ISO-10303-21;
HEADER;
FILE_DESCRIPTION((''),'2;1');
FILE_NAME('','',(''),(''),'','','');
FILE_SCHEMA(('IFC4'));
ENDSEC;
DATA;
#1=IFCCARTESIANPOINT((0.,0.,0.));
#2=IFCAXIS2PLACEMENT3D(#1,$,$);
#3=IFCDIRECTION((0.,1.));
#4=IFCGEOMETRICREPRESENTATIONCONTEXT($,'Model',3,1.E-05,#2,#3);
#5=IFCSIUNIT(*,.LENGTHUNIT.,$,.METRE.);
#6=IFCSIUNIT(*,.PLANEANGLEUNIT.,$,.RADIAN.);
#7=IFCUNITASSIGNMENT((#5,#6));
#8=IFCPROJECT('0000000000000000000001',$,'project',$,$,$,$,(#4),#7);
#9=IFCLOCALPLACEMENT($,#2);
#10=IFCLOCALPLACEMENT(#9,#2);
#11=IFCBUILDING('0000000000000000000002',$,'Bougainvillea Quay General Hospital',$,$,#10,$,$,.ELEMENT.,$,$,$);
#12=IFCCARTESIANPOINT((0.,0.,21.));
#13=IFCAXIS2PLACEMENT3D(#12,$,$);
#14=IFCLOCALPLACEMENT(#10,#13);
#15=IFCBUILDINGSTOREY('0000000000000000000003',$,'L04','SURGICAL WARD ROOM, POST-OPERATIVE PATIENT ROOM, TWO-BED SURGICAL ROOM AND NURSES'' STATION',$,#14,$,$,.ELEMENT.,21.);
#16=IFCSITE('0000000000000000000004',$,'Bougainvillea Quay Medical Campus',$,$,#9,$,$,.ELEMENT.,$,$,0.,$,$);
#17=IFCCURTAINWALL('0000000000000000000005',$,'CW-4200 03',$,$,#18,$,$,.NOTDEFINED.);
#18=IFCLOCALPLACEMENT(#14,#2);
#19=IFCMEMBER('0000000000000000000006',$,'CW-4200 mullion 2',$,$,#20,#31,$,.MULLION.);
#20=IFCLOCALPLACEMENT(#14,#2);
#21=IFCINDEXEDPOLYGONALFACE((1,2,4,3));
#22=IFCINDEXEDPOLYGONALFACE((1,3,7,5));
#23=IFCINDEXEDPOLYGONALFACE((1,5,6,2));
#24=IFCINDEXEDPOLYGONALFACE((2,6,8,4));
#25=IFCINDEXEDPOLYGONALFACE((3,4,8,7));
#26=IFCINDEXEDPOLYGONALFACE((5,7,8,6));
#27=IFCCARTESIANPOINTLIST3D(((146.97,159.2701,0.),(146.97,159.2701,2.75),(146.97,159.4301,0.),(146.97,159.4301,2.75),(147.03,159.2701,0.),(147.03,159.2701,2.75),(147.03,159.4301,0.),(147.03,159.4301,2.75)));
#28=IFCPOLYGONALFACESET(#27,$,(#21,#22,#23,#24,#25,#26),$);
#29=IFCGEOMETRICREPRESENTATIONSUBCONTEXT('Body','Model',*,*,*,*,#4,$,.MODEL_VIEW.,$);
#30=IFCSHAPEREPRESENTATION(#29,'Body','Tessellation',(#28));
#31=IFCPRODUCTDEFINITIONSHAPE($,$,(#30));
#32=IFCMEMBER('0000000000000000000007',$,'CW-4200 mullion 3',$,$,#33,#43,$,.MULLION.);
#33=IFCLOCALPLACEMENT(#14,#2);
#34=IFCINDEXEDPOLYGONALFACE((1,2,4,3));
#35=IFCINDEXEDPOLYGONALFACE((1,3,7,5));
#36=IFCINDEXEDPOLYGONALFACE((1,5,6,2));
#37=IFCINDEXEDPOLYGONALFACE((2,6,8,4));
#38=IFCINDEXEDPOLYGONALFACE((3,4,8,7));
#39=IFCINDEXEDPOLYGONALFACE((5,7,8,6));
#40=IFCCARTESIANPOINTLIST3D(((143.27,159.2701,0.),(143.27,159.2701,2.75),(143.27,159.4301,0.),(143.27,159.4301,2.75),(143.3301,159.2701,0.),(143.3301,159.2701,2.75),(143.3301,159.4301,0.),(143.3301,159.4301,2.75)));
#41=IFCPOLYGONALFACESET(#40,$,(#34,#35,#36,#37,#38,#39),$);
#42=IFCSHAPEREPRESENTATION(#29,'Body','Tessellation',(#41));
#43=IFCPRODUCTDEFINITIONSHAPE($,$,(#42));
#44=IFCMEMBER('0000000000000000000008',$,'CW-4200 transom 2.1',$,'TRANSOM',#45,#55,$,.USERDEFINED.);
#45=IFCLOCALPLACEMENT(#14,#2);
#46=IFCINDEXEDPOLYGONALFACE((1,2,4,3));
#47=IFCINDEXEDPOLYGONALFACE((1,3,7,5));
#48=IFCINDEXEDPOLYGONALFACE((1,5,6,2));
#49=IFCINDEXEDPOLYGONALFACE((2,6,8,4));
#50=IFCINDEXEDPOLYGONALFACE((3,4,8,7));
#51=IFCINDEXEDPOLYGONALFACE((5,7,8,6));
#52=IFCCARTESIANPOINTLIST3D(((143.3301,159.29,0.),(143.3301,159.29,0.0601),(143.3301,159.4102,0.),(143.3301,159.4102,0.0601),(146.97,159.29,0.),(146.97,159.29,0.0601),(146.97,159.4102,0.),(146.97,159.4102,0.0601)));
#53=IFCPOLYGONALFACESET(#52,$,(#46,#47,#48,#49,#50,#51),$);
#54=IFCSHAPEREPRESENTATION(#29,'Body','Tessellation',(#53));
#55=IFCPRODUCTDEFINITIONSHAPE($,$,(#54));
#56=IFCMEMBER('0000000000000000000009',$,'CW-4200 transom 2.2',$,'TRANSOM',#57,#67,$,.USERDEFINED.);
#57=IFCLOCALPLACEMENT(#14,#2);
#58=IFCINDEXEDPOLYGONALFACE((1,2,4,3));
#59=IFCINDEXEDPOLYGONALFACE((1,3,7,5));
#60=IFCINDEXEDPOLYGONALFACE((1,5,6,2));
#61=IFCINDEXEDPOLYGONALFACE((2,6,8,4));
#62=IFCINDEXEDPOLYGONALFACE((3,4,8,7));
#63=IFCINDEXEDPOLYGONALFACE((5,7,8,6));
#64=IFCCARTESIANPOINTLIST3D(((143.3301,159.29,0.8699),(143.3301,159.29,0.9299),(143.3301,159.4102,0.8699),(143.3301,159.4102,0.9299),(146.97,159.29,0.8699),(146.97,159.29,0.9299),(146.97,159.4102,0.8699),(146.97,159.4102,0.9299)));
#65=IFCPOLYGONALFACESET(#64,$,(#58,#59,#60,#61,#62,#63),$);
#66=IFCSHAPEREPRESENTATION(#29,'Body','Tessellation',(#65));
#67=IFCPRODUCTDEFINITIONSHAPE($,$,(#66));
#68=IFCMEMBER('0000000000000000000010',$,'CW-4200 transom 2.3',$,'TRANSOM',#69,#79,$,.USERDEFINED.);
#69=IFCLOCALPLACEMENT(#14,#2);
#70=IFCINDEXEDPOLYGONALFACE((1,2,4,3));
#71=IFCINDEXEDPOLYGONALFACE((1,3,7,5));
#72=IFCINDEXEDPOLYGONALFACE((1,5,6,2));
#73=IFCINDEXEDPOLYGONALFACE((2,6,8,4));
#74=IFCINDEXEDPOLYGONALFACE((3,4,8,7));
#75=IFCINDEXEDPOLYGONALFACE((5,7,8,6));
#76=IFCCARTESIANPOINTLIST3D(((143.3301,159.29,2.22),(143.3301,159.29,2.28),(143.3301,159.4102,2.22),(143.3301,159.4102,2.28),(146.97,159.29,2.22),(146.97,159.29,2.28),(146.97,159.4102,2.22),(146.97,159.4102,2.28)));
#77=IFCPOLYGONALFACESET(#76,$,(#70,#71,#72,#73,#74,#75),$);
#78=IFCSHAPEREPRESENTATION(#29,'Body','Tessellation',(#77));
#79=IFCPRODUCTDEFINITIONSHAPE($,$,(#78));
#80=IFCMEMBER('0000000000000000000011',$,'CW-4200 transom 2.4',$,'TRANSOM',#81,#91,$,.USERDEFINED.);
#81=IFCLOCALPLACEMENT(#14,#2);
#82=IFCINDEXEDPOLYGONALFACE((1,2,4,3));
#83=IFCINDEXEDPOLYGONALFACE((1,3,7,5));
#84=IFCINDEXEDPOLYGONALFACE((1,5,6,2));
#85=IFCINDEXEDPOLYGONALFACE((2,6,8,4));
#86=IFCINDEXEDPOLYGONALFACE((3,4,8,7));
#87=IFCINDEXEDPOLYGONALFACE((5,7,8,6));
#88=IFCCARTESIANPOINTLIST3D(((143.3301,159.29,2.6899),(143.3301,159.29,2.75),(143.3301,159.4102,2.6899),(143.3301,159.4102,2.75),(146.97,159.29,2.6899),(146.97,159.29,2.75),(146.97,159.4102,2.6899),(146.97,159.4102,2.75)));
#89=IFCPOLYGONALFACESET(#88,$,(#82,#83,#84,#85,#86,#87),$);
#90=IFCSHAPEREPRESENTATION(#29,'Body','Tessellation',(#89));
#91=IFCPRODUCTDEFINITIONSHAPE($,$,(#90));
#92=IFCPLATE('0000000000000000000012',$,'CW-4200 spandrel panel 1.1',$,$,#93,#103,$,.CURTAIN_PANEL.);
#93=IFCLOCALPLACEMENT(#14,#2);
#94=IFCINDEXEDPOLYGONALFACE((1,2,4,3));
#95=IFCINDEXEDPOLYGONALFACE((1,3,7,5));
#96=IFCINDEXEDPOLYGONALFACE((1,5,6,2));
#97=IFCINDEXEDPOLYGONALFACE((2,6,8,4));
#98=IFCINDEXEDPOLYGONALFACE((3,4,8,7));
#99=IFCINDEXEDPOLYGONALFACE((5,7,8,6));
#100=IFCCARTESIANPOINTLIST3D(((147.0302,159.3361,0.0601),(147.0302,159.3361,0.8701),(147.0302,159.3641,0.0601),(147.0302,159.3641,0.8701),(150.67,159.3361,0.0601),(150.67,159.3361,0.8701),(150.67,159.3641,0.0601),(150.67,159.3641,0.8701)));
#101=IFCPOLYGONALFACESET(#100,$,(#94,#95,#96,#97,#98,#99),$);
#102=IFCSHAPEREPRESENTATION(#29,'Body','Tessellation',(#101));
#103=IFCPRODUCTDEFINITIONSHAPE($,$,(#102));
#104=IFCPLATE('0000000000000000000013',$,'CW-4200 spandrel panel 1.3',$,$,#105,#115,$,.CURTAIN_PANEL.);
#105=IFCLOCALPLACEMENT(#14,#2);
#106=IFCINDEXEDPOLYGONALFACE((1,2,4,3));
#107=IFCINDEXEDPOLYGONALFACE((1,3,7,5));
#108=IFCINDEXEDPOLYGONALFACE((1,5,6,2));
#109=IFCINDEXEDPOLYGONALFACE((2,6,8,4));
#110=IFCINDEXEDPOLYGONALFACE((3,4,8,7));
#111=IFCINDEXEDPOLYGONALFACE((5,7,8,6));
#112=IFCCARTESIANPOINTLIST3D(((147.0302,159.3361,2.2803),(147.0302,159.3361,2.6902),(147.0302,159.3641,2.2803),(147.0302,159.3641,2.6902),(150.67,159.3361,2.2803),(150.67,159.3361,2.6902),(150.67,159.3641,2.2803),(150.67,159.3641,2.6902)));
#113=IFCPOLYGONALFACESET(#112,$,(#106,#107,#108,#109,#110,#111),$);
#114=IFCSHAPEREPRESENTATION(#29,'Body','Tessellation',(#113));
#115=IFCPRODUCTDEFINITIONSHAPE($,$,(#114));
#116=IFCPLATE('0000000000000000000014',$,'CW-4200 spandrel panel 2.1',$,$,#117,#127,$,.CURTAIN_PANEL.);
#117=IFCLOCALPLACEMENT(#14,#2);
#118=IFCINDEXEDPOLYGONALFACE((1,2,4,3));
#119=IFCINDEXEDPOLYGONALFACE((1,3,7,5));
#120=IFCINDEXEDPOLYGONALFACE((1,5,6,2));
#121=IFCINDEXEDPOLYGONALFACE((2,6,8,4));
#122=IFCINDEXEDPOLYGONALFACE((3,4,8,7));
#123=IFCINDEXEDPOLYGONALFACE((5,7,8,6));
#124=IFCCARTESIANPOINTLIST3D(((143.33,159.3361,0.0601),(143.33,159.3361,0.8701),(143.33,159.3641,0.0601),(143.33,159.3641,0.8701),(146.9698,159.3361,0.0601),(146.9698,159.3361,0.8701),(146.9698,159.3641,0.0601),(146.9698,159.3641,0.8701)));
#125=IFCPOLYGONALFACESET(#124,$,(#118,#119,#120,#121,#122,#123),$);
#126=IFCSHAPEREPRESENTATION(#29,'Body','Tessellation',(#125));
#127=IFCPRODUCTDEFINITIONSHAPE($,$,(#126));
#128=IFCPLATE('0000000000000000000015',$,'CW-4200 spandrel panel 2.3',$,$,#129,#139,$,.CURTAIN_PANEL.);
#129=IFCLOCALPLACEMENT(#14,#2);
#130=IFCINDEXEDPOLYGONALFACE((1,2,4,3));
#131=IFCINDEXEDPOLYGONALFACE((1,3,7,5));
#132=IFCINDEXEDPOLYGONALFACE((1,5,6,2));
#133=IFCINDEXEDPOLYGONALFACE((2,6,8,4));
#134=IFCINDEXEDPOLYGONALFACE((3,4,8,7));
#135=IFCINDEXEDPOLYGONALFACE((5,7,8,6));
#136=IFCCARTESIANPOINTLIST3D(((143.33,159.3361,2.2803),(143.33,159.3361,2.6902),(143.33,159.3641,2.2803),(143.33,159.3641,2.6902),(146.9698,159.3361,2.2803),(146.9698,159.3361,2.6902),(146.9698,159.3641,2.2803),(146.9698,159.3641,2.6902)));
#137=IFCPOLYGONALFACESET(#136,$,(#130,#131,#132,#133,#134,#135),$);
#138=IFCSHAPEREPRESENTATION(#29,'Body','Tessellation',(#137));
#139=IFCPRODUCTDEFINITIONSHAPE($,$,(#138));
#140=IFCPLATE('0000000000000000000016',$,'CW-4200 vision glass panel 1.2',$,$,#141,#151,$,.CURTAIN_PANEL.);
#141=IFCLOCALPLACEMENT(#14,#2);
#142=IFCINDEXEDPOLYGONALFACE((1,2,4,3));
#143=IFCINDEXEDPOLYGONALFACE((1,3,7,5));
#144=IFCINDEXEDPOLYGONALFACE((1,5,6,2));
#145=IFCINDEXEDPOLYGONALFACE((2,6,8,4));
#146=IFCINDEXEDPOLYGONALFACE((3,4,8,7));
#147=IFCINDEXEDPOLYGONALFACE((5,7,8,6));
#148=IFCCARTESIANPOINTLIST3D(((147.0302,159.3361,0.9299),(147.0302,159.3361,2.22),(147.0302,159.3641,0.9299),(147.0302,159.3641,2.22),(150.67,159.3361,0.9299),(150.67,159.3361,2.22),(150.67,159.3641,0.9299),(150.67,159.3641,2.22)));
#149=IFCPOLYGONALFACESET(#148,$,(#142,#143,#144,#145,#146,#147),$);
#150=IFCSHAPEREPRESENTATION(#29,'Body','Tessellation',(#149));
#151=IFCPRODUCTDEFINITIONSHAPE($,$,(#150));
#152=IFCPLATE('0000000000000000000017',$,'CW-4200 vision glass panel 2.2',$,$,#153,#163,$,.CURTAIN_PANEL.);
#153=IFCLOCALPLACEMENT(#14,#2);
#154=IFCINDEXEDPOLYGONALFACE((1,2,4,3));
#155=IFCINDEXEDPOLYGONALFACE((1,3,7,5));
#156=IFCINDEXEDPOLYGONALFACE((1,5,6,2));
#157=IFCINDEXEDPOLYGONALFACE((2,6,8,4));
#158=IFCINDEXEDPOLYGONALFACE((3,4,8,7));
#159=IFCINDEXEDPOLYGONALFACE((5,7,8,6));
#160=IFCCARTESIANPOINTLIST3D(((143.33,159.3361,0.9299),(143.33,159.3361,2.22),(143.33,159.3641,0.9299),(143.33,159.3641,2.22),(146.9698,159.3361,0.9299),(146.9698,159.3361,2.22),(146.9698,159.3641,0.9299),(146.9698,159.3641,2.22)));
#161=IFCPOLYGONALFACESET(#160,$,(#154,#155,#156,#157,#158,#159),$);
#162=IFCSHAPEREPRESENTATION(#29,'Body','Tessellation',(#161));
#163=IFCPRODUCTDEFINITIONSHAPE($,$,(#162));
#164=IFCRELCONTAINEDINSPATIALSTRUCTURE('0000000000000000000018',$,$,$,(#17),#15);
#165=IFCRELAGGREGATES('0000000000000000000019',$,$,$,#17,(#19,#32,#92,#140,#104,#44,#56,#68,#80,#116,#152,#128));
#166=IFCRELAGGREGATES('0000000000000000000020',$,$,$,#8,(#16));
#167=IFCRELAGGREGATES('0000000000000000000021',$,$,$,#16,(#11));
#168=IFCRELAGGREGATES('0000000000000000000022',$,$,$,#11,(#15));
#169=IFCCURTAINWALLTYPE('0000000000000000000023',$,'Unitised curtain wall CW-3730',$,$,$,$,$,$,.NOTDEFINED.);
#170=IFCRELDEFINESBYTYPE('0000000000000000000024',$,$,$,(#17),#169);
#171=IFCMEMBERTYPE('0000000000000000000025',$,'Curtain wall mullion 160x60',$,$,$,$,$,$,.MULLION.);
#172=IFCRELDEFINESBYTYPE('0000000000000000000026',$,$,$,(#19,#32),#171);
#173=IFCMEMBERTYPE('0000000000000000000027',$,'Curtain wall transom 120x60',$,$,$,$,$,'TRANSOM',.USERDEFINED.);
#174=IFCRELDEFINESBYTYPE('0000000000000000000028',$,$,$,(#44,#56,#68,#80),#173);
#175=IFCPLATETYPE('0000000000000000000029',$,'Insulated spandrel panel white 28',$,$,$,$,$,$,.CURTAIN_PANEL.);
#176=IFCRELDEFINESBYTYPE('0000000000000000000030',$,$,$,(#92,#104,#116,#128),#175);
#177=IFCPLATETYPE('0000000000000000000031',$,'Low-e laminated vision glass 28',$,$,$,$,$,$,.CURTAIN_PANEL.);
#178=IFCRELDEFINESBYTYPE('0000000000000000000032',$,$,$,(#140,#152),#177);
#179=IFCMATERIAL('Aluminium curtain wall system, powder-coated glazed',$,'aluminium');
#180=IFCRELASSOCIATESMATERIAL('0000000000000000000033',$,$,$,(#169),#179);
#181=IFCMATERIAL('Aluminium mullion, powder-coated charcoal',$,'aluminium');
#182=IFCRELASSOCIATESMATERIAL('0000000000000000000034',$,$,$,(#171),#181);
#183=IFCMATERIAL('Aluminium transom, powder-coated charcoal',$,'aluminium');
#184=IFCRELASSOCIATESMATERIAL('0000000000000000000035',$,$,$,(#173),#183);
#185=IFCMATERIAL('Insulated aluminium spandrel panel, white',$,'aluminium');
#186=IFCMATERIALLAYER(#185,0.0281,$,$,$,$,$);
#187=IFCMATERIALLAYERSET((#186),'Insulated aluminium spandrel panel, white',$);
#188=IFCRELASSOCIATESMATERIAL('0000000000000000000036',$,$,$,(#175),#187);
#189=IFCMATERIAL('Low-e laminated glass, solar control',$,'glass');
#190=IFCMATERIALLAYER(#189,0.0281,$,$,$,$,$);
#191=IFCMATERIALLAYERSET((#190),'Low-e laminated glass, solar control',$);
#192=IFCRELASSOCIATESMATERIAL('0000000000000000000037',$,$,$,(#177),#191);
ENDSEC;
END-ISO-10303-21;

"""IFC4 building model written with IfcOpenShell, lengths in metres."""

from ifc_helpers import new_model, si_unit, direction, frame, origin, origin_2d, place, context, subcontext, project, spatial, rectangle, extrude, material, layer, layer_set, material_profile, profile_set, type_object, element, aggregate, save


model = new_model("IFC4")

# Units and contexts
model_context = context("Model", 3, precision=1e-05, world=origin(), true_north=direction((0.0, 1.0)))
body_context = subcontext(model_context, "Body", "Model", "MODEL_VIEW")
ifc_project = project(units=[si_unit("LENGTHUNIT", "METRE"), si_unit("PLANEANGLEUNIT", "RADIAN")], contexts=[model_context])

# Site, building, storey
site_placement = place(None, origin())
site = spatial("IfcSite", under=ifc_project, at=site_placement, Name="Bougainvillea Quay Medical Campus", CompositionType="ELEMENT", RefElevation=0.0)
building_placement = place(site_placement, origin())
building = spatial("IfcBuilding", under=site, at=building_placement, Name="Bougainvillea Quay General Hospital", CompositionType="ELEMENT")
storey_placement = place(building_placement, frame((0.0, 0.0, 21.0)))
storey = spatial("IfcBuildingStorey", under=building, at=storey_placement, Name="L04", Description="SURGICAL WARD ROOM, POST-OPERATIVE PATIENT ROOM, TWO-BED SURGICAL ROOM AND NURSES' STATION", CompositionType="ELEMENT", Elevation=21.0)

# Curtain wall, members, plates
ifc_material_1 = material(Name="Aluminium curtain wall system, powder-coated glazed", Category="aluminium")
curtain_wall_type = type_object("IfcCurtainWallType", Name="Unitised curtain wall CW-3730", PredefinedType="NOTDEFINED", material=ifc_material_1)
curtain_wall_placement = place(storey_placement, origin())
curtain_wall = element("IfcCurtainWall", 1, at=curtain_wall_placement, inside=storey, type_object=curtain_wall_type, Name="CW-4200 03", PredefinedType="NOTDEFINED")
ifc_material_2 = material(Name="Aluminium mullion, powder-coated charcoal", Category="aluminium")
ifc_material_profile_1 = material_profile(ifc_material_2, rectangle(XDim=0.1599, YDim=0.0601, at=origin_2d()))
ifc_profile_set_1 = profile_set([ifc_material_profile_1], Name="Aluminium mullion, powder-coated charcoal")
member_type_1 = type_object("IfcMemberType", Name="Curtain wall mullion 160x60", PredefinedType="MULLION", material=ifc_profile_set_1)
member_1_placement = place(storey_placement, frame((147.0, 159.3501, 0.0), z_axis=(0.0, 0.0, 1.0), x_axis=(0.0, -1.0, 0.0)))
member_1 = element("IfcMember", 2, at=member_1_placement, type_object=member_type_1, Name="CW-4200 mullion 2", PredefinedType="MULLION", context=body_context, shape_type="SweptSolid", body=[
    extrude(rectangle(XDim=0.1599, YDim=0.0601, at=origin_2d()), origin(), (0.0, 0.0, 1.0), 2.75),
])
member_2_placement = place(storey_placement, frame((143.3, 159.3501, 0.0), z_axis=(0.0, 0.0, 1.0), x_axis=(0.0, -1.0, 0.0)))
member_2 = element("IfcMember", 3, at=member_2_placement, type_object=member_type_1, Name="CW-4200 mullion 3", PredefinedType="MULLION", context=body_context, shape_type="SweptSolid", body=[
    extrude(rectangle(XDim=0.1599, YDim=0.0601, at=origin_2d()), origin(), (0.0, 0.0, 1.0), 2.75),
])
ifc_material_3 = material(Name="Aluminium transom, powder-coated charcoal", Category="aluminium")
ifc_material_profile_2 = material_profile(ifc_material_3, rectangle(XDim=0.1201, YDim=0.0601, at=origin_2d()))
ifc_profile_set_2 = profile_set([ifc_material_profile_2], Name="Aluminium transom, powder-coated charcoal")
member_type_2 = type_object("IfcMemberType", Name="Curtain wall transom 120x60", ElementType="TRANSOM", PredefinedType="USERDEFINED", material=ifc_profile_set_2)
member_3_placement = place(storey_placement, frame((146.97, 159.3501, 0.03), z_axis=(-1.0, 0.0, 0.0), x_axis=(0.0, -1.0, 0.0)))
member_3 = element("IfcMember", 4, at=member_3_placement, type_object=member_type_2, Name="CW-4200 transom 2.1", ObjectType="TRANSOM", PredefinedType="USERDEFINED", context=body_context, shape_type="SweptSolid", body=[
    extrude(rectangle(XDim=0.1201, YDim=0.0601, at=origin_2d()), origin(), (0.0, 0.0, 1.0), 3.6399),
])
member_4_placement = place(storey_placement, frame((146.97, 159.3501, 0.8999), z_axis=(-1.0, 0.0, 0.0), x_axis=(0.0, -1.0, 0.0)))
member_4 = element("IfcMember", 5, at=member_4_placement, type_object=member_type_2, Name="CW-4200 transom 2.2", ObjectType="TRANSOM", PredefinedType="USERDEFINED", context=body_context, shape_type="SweptSolid", body=[
    extrude(rectangle(XDim=0.1201, YDim=0.0601, at=origin_2d()), origin(), (0.0, 0.0, 1.0), 3.6399),
])
member_5_placement = place(storey_placement, frame((146.97, 159.3501, 2.25), z_axis=(-1.0, 0.0, 0.0), x_axis=(0.0, -1.0, 0.0)))
member_5 = element("IfcMember", 6, at=member_5_placement, type_object=member_type_2, Name="CW-4200 transom 2.3", ObjectType="TRANSOM", PredefinedType="USERDEFINED", context=body_context, shape_type="SweptSolid", body=[
    extrude(rectangle(XDim=0.1201, YDim=0.0601, at=origin_2d()), origin(), (0.0, 0.0, 1.0), 3.6399),
])
member_6_placement = place(storey_placement, frame((146.97, 159.3501, 2.72), z_axis=(-1.0, 0.0, 0.0), x_axis=(0.0, -1.0, 0.0)))
member_6 = element("IfcMember", 7, at=member_6_placement, type_object=member_type_2, Name="CW-4200 transom 2.4", ObjectType="TRANSOM", PredefinedType="USERDEFINED", context=body_context, shape_type="SweptSolid", body=[
    extrude(rectangle(XDim=0.1201, YDim=0.0601, at=origin_2d()), origin(), (0.0, 0.0, 1.0), 3.6399),
])
ifc_material_4 = material(Name="Insulated aluminium spandrel panel, white", Category="aluminium")
ifc_layer_1 = layer(ifc_material_4, 0.0281)
ifc_layer_set_1 = layer_set([ifc_layer_1], Name="Insulated aluminium spandrel panel, white")
plate_type_1 = type_object("IfcPlateType", Name="Insulated spandrel panel white 28", PredefinedType="CURTAIN_PANEL", material=ifc_layer_set_1)
plate_1_placement = place(storey_placement, frame((148.8501, 159.3501, 0.0601), z_axis=(0.0, 0.0, 1.0), x_axis=(-1.0, 0.0, 0.0)))
plate_1 = element("IfcPlate", 8, at=plate_1_placement, type_object=plate_type_1, Name="CW-4200 spandrel panel 1.1", PredefinedType="CURTAIN_PANEL", context=body_context, shape_type="SweptSolid", body=[
    extrude(rectangle(XDim=3.6399, YDim=0.0281, at=origin_2d()), origin(), (0.0, 0.0, 1.0), 0.8101),
])
plate_2_placement = place(storey_placement, frame((148.8501, 159.3501, 2.2803), z_axis=(0.0, 0.0, 1.0), x_axis=(-1.0, 0.0, 0.0)))
plate_2 = element("IfcPlate", 9, at=plate_2_placement, type_object=plate_type_1, Name="CW-4200 spandrel panel 1.3", PredefinedType="CURTAIN_PANEL", context=body_context, shape_type="SweptSolid", body=[
    extrude(rectangle(XDim=3.6399, YDim=0.0281, at=origin_2d()), origin(), (0.0, 0.0, 1.0), 0.4099),
])
plate_3_placement = place(storey_placement, frame((145.1499, 159.3501, 0.0601), z_axis=(0.0, 0.0, 1.0), x_axis=(-1.0, 0.0, 0.0)))
plate_3 = element("IfcPlate", 10, at=plate_3_placement, type_object=plate_type_1, Name="CW-4200 spandrel panel 2.1", PredefinedType="CURTAIN_PANEL", context=body_context, shape_type="SweptSolid", body=[
    extrude(rectangle(XDim=3.6399, YDim=0.0281, at=origin_2d()), origin(), (0.0, 0.0, 1.0), 0.8101),
])
plate_4_placement = place(storey_placement, frame((145.1499, 159.3501, 2.2803), z_axis=(0.0, 0.0, 1.0), x_axis=(-1.0, 0.0, 0.0)))
plate_4 = element("IfcPlate", 11, at=plate_4_placement, type_object=plate_type_1, Name="CW-4200 spandrel panel 2.3", PredefinedType="CURTAIN_PANEL", context=body_context, shape_type="SweptSolid", body=[
    extrude(rectangle(XDim=3.6399, YDim=0.0281, at=origin_2d()), origin(), (0.0, 0.0, 1.0), 0.4099),
])
ifc_material_5 = material(Name="Low-e laminated glass, solar control", Category="glass")
ifc_layer_2 = layer(ifc_material_5, 0.0281)
ifc_layer_set_2 = layer_set([ifc_layer_2], Name="Low-e laminated glass, solar control")
plate_type_2 = type_object("IfcPlateType", Name="Low-e laminated vision glass 28", PredefinedType="CURTAIN_PANEL", material=ifc_layer_set_2)
plate_5_placement = place(storey_placement, frame((148.8501, 159.3501, 0.9299), z_axis=(0.0, 0.0, 1.0), x_axis=(-1.0, 0.0, 0.0)))
plate_5 = element("IfcPlate", 12, at=plate_5_placement, type_object=plate_type_2, Name="CW-4200 vision glass panel 1.2", PredefinedType="CURTAIN_PANEL", context=body_context, shape_type="SweptSolid", body=[
    extrude(rectangle(XDim=3.6399, YDim=0.0281, at=origin_2d()), origin(), (0.0, 0.0, 1.0), 1.29),
])
plate_6_placement = place(storey_placement, frame((145.1499, 159.3501, 0.9299), z_axis=(0.0, 0.0, 1.0), x_axis=(-1.0, 0.0, 0.0)))
plate_6 = element("IfcPlate", 13, at=plate_6_placement, type_object=plate_type_2, Name="CW-4200 vision glass panel 2.2", PredefinedType="CURTAIN_PANEL", context=body_context, shape_type="SweptSolid", body=[
    extrude(rectangle(XDim=3.6399, YDim=0.0281, at=origin_2d()), origin(), (0.0, 0.0, 1.0), 1.29),
])
aggregate(curtain_wall, [member_1, member_2, plate_1, plate_5, plate_2, member_3, member_4, member_5, member_6, plate_3, plate_6, plate_4])

save(model, "model.ifc")
